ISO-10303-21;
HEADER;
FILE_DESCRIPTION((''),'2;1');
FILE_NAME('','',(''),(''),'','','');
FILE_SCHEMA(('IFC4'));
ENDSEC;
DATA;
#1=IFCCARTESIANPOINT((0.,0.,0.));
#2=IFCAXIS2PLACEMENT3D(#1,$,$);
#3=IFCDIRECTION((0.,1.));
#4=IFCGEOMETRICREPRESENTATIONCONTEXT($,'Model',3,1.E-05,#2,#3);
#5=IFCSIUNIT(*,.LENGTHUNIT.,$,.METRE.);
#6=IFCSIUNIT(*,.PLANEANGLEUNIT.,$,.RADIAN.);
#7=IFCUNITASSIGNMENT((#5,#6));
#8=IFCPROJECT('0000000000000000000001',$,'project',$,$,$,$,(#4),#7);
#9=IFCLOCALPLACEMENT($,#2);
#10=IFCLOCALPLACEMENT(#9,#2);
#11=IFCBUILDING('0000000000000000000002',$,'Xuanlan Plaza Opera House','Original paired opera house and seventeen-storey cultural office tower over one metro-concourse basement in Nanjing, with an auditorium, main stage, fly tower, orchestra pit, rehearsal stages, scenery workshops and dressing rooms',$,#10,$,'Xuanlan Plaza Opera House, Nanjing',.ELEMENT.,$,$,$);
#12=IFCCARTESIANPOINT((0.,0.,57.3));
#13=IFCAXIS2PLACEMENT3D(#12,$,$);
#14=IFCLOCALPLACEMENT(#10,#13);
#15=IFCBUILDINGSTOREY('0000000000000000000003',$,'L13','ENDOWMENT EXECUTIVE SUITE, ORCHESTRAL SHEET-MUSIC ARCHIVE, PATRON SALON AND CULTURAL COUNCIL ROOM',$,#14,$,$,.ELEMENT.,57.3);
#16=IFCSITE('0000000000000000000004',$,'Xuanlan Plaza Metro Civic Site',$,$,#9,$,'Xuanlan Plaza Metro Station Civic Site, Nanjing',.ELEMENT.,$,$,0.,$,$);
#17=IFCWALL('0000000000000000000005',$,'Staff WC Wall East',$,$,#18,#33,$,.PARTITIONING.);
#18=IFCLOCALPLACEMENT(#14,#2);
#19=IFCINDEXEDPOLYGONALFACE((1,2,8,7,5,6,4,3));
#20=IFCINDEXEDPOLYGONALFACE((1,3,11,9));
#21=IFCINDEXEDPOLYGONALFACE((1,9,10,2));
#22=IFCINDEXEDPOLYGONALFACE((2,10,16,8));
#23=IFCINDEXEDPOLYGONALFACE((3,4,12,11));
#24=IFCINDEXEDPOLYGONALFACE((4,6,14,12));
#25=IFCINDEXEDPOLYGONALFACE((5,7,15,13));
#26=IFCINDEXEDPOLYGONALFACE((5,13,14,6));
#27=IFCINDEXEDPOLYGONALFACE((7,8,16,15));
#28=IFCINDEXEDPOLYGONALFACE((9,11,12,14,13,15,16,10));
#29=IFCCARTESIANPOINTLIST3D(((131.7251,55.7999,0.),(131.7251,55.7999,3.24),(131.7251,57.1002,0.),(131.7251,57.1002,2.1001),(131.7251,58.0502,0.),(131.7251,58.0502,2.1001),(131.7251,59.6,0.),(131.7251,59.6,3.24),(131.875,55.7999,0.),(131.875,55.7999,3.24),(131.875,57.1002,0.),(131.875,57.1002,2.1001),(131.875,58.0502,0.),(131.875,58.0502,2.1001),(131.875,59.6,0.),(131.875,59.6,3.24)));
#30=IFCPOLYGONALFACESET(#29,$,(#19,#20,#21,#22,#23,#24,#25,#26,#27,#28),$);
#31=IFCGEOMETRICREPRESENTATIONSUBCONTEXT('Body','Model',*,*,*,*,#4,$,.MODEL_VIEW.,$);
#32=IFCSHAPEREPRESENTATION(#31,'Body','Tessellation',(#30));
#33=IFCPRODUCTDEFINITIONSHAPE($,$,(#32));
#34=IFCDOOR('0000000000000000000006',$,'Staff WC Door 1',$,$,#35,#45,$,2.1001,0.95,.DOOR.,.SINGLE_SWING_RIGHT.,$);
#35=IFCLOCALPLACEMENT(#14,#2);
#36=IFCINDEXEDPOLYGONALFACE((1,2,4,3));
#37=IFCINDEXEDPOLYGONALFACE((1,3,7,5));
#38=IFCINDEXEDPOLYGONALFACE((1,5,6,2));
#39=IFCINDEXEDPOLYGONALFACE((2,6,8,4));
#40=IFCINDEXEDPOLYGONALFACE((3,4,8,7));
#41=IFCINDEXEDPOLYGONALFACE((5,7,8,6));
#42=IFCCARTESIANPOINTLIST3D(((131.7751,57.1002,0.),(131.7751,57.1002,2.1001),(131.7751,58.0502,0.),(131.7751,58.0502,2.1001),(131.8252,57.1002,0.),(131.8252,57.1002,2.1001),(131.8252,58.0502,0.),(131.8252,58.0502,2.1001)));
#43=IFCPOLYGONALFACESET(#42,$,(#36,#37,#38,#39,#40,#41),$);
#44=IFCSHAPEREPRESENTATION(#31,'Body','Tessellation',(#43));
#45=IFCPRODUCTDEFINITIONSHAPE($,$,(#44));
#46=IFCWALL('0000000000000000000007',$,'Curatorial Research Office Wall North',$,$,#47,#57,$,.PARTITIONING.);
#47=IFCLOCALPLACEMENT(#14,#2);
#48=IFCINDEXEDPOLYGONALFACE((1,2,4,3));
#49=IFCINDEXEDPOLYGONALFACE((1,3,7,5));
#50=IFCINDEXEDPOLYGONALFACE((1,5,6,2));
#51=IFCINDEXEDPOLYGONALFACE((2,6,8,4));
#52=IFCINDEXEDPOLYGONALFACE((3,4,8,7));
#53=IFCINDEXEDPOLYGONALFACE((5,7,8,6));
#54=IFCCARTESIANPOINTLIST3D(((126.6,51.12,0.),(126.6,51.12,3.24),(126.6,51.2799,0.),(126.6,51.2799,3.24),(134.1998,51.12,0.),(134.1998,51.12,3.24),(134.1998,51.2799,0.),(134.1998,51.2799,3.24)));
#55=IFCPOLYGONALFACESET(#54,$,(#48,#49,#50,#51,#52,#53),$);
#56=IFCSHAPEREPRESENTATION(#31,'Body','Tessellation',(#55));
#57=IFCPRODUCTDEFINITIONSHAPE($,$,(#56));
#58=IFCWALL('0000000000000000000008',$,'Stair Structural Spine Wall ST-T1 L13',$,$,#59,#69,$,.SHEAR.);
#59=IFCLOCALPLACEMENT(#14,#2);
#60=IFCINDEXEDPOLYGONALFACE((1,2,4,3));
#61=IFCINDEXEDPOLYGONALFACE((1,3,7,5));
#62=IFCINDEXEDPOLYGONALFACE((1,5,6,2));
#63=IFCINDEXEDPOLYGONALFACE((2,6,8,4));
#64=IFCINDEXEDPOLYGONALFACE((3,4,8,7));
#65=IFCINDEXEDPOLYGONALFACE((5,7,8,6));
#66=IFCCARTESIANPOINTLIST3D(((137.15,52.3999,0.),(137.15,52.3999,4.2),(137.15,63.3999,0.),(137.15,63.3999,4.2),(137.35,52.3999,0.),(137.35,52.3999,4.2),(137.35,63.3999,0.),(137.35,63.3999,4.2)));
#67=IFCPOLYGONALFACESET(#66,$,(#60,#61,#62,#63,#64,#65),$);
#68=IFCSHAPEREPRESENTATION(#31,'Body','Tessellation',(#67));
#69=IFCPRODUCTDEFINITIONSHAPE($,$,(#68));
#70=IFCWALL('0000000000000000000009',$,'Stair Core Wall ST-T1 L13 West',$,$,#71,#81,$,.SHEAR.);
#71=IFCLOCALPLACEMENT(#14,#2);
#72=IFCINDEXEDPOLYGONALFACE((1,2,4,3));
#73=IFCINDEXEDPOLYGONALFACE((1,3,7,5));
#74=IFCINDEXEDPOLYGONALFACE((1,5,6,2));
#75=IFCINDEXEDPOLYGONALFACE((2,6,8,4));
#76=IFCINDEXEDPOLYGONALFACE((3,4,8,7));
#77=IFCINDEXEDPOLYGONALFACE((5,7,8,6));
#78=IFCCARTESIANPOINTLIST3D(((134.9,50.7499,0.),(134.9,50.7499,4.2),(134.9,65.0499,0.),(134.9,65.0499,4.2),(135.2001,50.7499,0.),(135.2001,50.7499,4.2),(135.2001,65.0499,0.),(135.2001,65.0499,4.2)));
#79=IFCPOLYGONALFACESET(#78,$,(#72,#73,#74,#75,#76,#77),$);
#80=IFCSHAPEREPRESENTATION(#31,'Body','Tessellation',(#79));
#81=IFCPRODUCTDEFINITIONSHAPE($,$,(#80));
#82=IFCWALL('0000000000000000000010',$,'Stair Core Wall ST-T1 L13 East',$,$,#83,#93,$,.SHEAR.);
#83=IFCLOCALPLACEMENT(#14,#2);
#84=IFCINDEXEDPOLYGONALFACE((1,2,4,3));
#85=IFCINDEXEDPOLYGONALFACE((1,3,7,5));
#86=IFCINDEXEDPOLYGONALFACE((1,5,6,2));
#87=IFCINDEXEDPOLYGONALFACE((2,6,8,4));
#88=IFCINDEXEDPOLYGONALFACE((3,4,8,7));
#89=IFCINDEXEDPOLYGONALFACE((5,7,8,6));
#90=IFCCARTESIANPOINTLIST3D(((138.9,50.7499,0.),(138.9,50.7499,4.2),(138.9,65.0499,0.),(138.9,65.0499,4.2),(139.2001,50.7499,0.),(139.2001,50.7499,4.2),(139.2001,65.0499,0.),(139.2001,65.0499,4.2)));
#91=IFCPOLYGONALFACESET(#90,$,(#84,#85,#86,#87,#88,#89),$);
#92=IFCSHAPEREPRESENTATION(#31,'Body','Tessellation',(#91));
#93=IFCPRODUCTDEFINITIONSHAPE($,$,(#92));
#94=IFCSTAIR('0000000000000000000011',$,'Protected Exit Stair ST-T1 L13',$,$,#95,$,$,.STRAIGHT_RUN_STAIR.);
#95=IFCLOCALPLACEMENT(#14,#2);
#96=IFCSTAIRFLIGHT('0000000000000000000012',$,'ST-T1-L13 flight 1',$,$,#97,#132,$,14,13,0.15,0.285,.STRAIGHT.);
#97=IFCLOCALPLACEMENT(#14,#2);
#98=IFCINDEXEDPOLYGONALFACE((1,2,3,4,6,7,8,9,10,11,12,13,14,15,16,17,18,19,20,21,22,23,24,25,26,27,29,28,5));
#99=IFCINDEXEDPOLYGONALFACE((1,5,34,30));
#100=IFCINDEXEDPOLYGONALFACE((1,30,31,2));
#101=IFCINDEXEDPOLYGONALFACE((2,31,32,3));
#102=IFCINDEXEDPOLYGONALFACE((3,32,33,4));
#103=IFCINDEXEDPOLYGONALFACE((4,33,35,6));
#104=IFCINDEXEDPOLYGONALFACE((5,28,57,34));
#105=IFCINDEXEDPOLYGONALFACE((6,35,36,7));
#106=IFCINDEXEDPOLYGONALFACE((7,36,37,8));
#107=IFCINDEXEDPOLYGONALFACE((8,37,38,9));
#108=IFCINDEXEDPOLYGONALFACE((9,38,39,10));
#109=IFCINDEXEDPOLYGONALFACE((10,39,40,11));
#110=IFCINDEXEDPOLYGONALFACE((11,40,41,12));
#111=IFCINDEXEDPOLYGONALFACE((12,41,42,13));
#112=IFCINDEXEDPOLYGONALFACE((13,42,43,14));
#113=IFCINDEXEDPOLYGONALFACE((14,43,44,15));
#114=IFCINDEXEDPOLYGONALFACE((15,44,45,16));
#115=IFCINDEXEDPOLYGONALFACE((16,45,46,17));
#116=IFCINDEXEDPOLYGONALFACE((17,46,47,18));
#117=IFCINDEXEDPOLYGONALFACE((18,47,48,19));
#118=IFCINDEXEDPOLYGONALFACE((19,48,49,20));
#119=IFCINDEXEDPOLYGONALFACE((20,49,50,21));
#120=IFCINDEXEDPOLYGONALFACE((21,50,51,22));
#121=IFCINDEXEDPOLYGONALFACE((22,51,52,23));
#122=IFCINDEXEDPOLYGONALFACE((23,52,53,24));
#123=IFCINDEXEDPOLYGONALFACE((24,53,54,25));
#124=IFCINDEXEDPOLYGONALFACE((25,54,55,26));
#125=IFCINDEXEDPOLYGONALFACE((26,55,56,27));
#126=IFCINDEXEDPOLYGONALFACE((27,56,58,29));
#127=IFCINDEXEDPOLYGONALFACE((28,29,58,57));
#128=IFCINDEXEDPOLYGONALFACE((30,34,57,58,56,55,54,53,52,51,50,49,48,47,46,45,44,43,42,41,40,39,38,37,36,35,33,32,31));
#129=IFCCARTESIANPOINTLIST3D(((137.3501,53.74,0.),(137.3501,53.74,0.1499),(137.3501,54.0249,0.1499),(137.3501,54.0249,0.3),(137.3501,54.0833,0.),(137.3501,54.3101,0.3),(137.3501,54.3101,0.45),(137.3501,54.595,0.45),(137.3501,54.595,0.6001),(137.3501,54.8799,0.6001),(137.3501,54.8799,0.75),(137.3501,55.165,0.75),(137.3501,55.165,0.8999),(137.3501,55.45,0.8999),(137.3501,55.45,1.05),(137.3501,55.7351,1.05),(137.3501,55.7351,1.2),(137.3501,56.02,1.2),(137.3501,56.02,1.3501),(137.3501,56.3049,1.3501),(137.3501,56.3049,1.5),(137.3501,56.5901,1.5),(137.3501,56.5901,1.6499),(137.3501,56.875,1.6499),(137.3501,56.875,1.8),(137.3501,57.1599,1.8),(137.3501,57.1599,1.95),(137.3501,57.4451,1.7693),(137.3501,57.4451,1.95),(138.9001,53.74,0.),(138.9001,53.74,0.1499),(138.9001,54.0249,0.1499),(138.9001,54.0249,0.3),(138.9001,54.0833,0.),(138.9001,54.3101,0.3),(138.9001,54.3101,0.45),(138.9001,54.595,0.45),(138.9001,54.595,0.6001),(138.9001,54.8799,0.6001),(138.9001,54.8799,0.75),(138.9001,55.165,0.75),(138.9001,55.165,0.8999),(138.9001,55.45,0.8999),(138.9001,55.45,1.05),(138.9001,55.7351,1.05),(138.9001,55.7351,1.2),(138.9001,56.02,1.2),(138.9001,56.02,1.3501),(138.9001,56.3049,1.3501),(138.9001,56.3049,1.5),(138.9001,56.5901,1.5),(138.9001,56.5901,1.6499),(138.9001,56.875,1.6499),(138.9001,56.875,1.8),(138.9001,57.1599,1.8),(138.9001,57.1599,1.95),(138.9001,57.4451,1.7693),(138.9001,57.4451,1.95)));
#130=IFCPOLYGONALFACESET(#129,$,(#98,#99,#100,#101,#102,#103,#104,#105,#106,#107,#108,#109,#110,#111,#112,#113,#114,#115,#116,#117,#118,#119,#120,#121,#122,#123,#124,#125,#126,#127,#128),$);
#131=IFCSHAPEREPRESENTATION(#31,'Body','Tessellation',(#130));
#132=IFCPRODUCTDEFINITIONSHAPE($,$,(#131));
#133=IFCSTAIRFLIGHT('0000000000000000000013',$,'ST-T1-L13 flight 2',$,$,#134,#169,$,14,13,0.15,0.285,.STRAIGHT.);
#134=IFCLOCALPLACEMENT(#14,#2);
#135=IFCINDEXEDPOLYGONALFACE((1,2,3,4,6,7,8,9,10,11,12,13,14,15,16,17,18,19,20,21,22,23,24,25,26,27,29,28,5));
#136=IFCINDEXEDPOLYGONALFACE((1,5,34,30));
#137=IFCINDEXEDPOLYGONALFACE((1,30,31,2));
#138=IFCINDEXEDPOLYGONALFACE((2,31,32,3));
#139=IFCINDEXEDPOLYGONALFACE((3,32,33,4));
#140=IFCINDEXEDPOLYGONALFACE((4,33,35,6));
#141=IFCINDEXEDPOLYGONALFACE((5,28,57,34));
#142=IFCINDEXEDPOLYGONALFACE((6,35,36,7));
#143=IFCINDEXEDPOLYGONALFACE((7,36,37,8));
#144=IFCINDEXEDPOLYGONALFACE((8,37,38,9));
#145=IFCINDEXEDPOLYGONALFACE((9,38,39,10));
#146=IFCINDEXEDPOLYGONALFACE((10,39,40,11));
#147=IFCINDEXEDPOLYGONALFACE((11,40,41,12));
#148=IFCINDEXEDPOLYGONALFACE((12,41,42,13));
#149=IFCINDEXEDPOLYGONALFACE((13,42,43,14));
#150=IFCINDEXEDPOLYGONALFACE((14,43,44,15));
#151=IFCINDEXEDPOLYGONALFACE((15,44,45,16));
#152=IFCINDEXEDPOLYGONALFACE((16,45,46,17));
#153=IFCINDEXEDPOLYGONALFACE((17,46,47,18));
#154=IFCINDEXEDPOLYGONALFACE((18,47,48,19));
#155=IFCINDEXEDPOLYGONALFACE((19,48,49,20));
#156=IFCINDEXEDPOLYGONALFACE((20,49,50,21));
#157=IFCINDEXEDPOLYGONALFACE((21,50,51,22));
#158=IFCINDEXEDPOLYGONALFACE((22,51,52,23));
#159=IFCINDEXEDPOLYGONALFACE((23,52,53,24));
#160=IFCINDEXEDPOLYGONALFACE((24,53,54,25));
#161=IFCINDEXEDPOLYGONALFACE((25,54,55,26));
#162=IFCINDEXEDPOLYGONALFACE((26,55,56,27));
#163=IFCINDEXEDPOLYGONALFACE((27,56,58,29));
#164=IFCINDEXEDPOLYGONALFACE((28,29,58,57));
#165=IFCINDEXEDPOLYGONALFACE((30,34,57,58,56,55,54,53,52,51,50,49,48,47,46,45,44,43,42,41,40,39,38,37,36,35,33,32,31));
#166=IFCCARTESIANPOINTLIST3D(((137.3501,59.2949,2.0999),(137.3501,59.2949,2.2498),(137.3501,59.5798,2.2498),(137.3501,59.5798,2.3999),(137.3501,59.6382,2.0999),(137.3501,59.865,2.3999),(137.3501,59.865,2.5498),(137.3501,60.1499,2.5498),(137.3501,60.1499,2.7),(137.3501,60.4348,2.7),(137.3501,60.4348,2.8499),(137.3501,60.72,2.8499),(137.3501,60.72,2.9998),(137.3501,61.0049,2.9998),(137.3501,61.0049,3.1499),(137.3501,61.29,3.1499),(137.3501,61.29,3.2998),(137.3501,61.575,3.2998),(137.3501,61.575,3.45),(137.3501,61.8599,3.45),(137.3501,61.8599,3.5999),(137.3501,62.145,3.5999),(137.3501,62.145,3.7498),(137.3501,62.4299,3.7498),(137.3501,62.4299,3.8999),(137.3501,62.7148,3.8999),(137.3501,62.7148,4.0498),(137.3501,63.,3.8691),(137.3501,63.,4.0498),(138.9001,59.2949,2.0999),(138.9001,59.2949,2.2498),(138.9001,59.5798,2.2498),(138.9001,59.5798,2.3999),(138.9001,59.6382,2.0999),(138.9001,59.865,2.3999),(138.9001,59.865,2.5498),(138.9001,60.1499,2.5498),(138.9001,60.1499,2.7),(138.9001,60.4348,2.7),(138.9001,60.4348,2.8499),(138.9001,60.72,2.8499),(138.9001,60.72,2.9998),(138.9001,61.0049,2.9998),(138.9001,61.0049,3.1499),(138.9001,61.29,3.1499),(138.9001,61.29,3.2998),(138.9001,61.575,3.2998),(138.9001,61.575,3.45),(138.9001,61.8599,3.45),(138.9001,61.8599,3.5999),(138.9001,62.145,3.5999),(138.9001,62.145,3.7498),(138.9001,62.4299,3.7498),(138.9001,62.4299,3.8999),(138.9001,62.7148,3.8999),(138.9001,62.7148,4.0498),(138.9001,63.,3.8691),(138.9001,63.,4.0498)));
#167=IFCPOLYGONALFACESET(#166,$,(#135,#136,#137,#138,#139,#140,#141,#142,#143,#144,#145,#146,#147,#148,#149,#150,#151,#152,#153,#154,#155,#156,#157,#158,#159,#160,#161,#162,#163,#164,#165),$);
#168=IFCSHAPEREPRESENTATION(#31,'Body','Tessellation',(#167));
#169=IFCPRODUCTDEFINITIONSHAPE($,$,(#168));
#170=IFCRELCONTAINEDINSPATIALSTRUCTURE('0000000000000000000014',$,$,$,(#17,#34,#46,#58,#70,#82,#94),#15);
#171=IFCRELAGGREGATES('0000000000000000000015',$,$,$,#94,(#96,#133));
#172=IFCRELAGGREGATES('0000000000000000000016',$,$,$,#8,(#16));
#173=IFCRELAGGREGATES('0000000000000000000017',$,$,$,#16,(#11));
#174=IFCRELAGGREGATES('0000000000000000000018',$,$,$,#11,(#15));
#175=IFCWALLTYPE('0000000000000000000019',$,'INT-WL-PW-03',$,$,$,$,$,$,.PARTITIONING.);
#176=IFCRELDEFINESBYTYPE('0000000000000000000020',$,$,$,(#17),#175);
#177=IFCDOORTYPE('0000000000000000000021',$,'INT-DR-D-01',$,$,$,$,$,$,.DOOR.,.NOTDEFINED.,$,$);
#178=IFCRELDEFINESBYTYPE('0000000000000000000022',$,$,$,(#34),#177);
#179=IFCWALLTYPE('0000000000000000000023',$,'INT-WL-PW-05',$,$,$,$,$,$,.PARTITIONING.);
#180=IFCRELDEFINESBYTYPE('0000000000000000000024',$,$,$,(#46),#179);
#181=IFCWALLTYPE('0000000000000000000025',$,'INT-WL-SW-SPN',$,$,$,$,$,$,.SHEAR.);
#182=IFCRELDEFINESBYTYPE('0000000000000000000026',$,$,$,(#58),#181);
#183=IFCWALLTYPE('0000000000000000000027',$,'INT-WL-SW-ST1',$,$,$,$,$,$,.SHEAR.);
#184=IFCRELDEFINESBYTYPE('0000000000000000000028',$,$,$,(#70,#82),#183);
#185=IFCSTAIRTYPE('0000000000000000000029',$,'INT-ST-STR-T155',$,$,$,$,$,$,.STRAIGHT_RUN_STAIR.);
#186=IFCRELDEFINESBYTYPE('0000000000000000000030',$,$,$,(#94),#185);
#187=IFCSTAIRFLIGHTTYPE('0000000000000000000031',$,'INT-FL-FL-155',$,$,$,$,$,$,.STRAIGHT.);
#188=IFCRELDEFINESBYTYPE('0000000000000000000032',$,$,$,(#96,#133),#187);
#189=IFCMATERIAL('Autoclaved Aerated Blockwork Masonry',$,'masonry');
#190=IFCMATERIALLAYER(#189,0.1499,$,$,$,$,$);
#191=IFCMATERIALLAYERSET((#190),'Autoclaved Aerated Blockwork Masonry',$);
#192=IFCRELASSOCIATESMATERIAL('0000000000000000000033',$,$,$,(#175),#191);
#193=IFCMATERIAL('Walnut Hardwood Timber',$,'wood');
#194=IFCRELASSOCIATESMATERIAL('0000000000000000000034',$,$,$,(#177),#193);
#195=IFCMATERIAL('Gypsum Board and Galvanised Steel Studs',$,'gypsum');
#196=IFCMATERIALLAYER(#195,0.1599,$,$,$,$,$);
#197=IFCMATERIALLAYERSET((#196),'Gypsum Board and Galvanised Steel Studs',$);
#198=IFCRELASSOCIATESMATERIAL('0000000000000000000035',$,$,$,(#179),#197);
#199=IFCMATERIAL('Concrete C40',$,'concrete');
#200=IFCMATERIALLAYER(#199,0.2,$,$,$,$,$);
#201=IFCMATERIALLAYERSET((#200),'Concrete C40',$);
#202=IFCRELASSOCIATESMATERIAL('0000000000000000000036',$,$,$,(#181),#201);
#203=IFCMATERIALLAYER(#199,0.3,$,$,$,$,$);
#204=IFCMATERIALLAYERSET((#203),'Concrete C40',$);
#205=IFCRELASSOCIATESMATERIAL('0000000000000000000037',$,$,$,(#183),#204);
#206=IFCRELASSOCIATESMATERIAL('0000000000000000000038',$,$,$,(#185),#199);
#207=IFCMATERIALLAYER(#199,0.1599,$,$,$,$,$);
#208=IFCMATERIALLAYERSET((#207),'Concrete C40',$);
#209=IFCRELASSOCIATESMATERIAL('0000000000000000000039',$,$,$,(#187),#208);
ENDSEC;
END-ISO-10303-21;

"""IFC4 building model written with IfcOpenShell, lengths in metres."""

from ifc_helpers import new_model, si_unit, direction, frame, frame_2d, origin, place, context, subcontext, project, spatial, polyline, rectangle, outline, extrude, material, layer, layer_set, type_object, element, fill, aggregate, save


model = new_model("IFC4")

# Units and contexts
model_context = context("Model", 3, precision=1e-05, world=origin(), true_north=direction((0.0, 1.0)))
body_context = subcontext(model_context, "Body", "Model", "MODEL_VIEW")
ifc_project = project(units=[si_unit("LENGTHUNIT", "METRE"), si_unit("PLANEANGLEUNIT", "RADIAN")], contexts=[model_context])

# Site, building, storey
site_placement = place(None, origin())
site = spatial("IfcSite", under=ifc_project, at=site_placement, Name="Xuanlan Plaza Metro Civic Site", LongName="Xuanlan Plaza Metro Station Civic Site, Nanjing", CompositionType="ELEMENT", RefElevation=0.0)
building_placement = place(site_placement, origin())
building = spatial("IfcBuilding", under=site, at=building_placement, Name="Xuanlan Plaza Opera House", Description="Original paired opera house and seventeen-storey cultural office tower over one metro-concourse basement in Nanjing, with an auditorium, main stage, fly tower, orchestra pit, rehearsal stages, scenery workshops and dressing rooms", LongName="Xuanlan Plaza Opera House, Nanjing", CompositionType="ELEMENT")
storey_placement = place(building_placement, frame((0.0, 0.0, 57.3)))
storey = spatial("IfcBuildingStorey", under=building, at=storey_placement, Name="L13", Description="ENDOWMENT EXECUTIVE SUITE, ORCHESTRAL SHEET-MUSIC ARCHIVE, PATRON SALON AND CULTURAL COUNCIL ROOM", CompositionType="ELEMENT", Elevation=57.3)

# Shared definitions
ifc_material_1 = material(Name="Concrete C40", Category="concrete")

# Shared definitions
ifc_material_2 = material(Name="Autoclaved Aerated Blockwork Masonry", Category="masonry")
ifc_layer_1 = layer(ifc_material_2, 0.1499)
ifc_layer_set_1 = layer_set([ifc_layer_1], Name="Autoclaved Aerated Blockwork Masonry")
wall_type_1 = type_object("IfcWallType", Name="INT-WL-PW-03", PredefinedType="PARTITIONING", material=ifc_layer_set_1)

# Shared definitions
ifc_material_3 = material(Name="Walnut Hardwood Timber", Category="wood")

# Wall, opening, door
wall_1_placement = place(storey_placement, frame((131.8, 55.8, 0.0), z_axis=(0.0, 0.0, 1.0), x_axis=(0.0, 1.0, 0.0)))
wall_1 = element("IfcWall", 1, at=wall_1_placement, inside=storey, type_object=wall_type_1, Name="Staff WC Wall East", PredefinedType="PARTITIONING", context=body_context, shape_type="SweptSolid", body=[
    extrude(rectangle(XDim=3.8, YDim=0.1499, at=frame_2d((1.8999, 0.0))), origin(), (0.0, 0.0, 1.0), 3.24),
])
opening_1_placement = place(wall_1_placement, frame((1.3, 0.0, 0.0)))
opening_1 = element("IfcOpeningElement", 2, at=opening_1_placement, cuts=wall_1, PredefinedType="OPENING", context=body_context, shape_type="SweptSolid", body=[
    extrude(rectangle(XDim=0.95, YDim=2.1001, at=frame_2d((0.4751, 1.05))), frame((0.0, 0.085, 0.0), z_axis=(0.0, -1.0, 0.0), x_axis=(1.0, 0.0, 0.0)), (0.0, 0.0, 1.0), 0.1699),
])
door_type_1 = type_object("IfcDoorType", Name="INT-DR-D-01", OperationType="NOTDEFINED", PredefinedType="DOOR", material=ifc_material_3)
door_1_placement = place(opening_1_placement, origin())
door_1 = element("IfcDoor", 3, at=door_1_placement, inside=storey, type_object=door_type_1, Name="Staff WC Door 1", OperationType="SINGLE_SWING_RIGHT", OverallHeight=2.1001, OverallWidth=0.95, PredefinedType="DOOR", context=body_context, shape_type="SweptSolid", body=[
    extrude(rectangle(XDim=0.95, YDim=2.1001, at=frame_2d((0.4751, 1.05))), frame((0.0, 0.0249, 0.0), z_axis=(0.0, -1.0, 0.0), x_axis=(1.0, 0.0, 0.0)), (0.0, 0.0, 1.0), 0.05),
])
fill(opening_1, door_1)

# Walls
ifc_material_4 = material(Name="Gypsum Board and Galvanised Steel Studs", Category="gypsum")
ifc_layer_2 = layer(ifc_material_4, 0.1599)
ifc_layer_set_2 = layer_set([ifc_layer_2], Name="Gypsum Board and Galvanised Steel Studs")
wall_type_2 = type_object("IfcWallType", Name="INT-WL-PW-05", PredefinedType="PARTITIONING", material=ifc_layer_set_2)
wall_2_placement = place(storey_placement, frame((126.6001, 51.2, 0.0), z_axis=(0.0, 0.0, 1.0), x_axis=(1.0, 0.0, 0.0)))
element("IfcWall", 4, at=wall_2_placement, inside=storey, type_object=wall_type_2, Name="Curatorial Research Office Wall North", PredefinedType="PARTITIONING", context=body_context, shape_type="SweptSolid", body=[
    extrude(rectangle(XDim=7.5999, YDim=0.1599, at=frame_2d((3.7998, 0.0))), origin(), (0.0, 0.0, 1.0), 3.24),
])
ifc_layer_3 = layer(ifc_material_1, 0.2)
ifc_layer_set_3 = layer_set([ifc_layer_3], Name="Concrete C40")
wall_type_3 = type_object("IfcWallType", Name="INT-WL-SW-SPN", PredefinedType="SHEAR", material=ifc_layer_set_3)
wall_3_placement = place(storey_placement, frame((137.25, 52.3999, 0.0), z_axis=(0.0, 0.0, 1.0), x_axis=(0.0, 1.0, 0.0)))
element("IfcWall", 5, at=wall_3_placement, inside=storey, type_object=wall_type_3, Name="Stair Structural Spine Wall ST-T1 L13", PredefinedType="SHEAR", context=body_context, shape_type="SweptSolid", body=[
    extrude(rectangle(XDim=11.0, YDim=0.2, at=frame_2d((5.5, 0.0))), origin(), (0.0, 0.0, 1.0), 4.2),
])

# Shared definitions
ifc_layer_4 = layer(ifc_material_1, 0.3)
ifc_layer_set_4 = layer_set([ifc_layer_4], Name="Concrete C40")
wall_type_4 = type_object("IfcWallType", Name="INT-WL-SW-ST1", PredefinedType="SHEAR", material=ifc_layer_set_4)

# Walls
for number, where, z_axis, x_axis, name in (
    (6, (135.05, 50.75, 0.0), (0.0, 0.0, 1.0), (0.0, 1.0, 0.0), "Stair Core Wall ST-T1 L13 West"),
    (7, (139.05, 50.75, 0.0), (0.0, 0.0, 1.0), (0.0, 1.0, 0.0), "Stair Core Wall ST-T1 L13 East"),
):
    element("IfcWall", number, at=place(storey_placement, frame(where, z_axis=z_axis, x_axis=x_axis)), inside=storey, type_object=wall_type_4, Name=name, PredefinedType="SHEAR", context=body_context, shape_type="SweptSolid", body=[
        extrude(rectangle(XDim=14.3, YDim=0.3, at=frame_2d((7.1499, 0.0))), origin(), (0.0, 0.0, 1.0), 4.2),
    ])

# Stair, stair flights
stair_type = type_object("IfcStairType", Name="INT-ST-STR-T155", PredefinedType="STRAIGHT_RUN_STAIR", material=ifc_material_1)
stair_placement = place(storey_placement, origin())
stair = element("IfcStair", 8, at=stair_placement, inside=storey, type_object=stair_type, Name="Protected Exit Stair ST-T1 L13", PredefinedType="STRAIGHT_RUN_STAIR")
ifc_layer_5 = layer(ifc_material_1, 0.1599)
ifc_layer_set_5 = layer_set([ifc_layer_5], Name="Concrete C40")
stair_flight_type = type_object("IfcStairFlightType", Name="INT-FL-FL-155", PredefinedType="STRAIGHT", material=ifc_layer_set_5)
stair_flight_1_placement = place(storey_placement, frame((138.125, 53.74, 0.0), z_axis=(0.0, 0.0, 1.0), x_axis=(0.0, 1.0, 0.0)))
stair_flight_1 = element("IfcStairFlight", 9, at=stair_flight_1_placement, type_object=stair_flight_type, Name="ST-T1-L13 flight 1", NumberOfRisers=14, NumberOfTreads=13, PredefinedType="STRAIGHT", RiserHeight=0.15, TreadLength=0.285, context=body_context, shape_type="SweptSolid", body=[
    extrude(outline(polyline([(0.0, 0.0), (0.0, 0.1499), (0.2849, 0.1499), (0.2849, 0.3), (0.5701, 0.3), (0.5701, 0.45), (0.855, 0.45), (0.855, 0.6001), (1.1399, 0.6001), (1.1399, 0.75), (1.425, 0.75), (1.425, 0.8999), (1.71, 0.8999), (1.71, 1.05), (1.9951, 1.05), (1.9951, 1.2), (2.28, 1.2), (2.28, 1.3501), (2.5649, 1.3501), (2.5649, 1.5), (2.8501, 1.5), (2.8501, 1.6499), (3.135, 1.6499), (3.135, 1.8), (3.4199, 1.8), (3.4199, 1.95), (3.7051, 1.95), (3.7051, 2.1001), (3.7051, 1.7693), (0.3433, 0.0), (0.0, 0.0)])), frame((0.0, 0.7749, 0.0), z_axis=(0.0, -1.0, 0.0), x_axis=(1.0, 0.0, 0.0)), (0.0, 0.0, 1.0), 1.55),
])
stair_flight_2_placement = place(storey_placement, frame((138.125, 59.2949, 2.0999), z_axis=(0.0, 0.0, 1.0), x_axis=(0.0, 1.0, 0.0)))
stair_flight_2 = element("IfcStairFlight", 10, at=stair_flight_2_placement, type_object=stair_flight_type, Name="ST-T1-L13 flight 2", NumberOfRisers=14, NumberOfTreads=13, PredefinedType="STRAIGHT", RiserHeight=0.15, TreadLength=0.285, context=body_context, shape_type="SweptSolid", body=[
    extrude(outline(polyline([(0.0, 0.0), (0.0, 0.1499), (0.2849, 0.1499), (0.2849, 0.3), (0.5701, 0.3), (0.5701, 0.45), (0.855, 0.45), (0.855, 0.6001), (1.1399, 0.6001), (1.1399, 0.75), (1.425, 0.75), (1.425, 0.8999), (1.71, 0.8999), (1.71, 1.05), (1.9951, 1.05), (1.9951, 1.2), (2.28, 1.2), (2.28, 1.3501), (2.5649, 1.3501), (2.5649, 1.5), (2.8501, 1.5), (2.8501, 1.6499), (3.135, 1.6499), (3.135, 1.8), (3.4199, 1.8), (3.4199, 1.95), (3.7051, 1.95), (3.7051, 2.1001), (3.7051, 1.7693), (0.3433, 0.0), (0.0, 0.0)])), frame((0.0, 0.7749, 0.0), z_axis=(0.0, -1.0, 0.0), x_axis=(1.0, 0.0, 0.0)), (0.0, 0.0, 1.0), 1.55),
])
aggregate(stair, [stair_flight_1, stair_flight_2])

save(model, "model.ifc")
